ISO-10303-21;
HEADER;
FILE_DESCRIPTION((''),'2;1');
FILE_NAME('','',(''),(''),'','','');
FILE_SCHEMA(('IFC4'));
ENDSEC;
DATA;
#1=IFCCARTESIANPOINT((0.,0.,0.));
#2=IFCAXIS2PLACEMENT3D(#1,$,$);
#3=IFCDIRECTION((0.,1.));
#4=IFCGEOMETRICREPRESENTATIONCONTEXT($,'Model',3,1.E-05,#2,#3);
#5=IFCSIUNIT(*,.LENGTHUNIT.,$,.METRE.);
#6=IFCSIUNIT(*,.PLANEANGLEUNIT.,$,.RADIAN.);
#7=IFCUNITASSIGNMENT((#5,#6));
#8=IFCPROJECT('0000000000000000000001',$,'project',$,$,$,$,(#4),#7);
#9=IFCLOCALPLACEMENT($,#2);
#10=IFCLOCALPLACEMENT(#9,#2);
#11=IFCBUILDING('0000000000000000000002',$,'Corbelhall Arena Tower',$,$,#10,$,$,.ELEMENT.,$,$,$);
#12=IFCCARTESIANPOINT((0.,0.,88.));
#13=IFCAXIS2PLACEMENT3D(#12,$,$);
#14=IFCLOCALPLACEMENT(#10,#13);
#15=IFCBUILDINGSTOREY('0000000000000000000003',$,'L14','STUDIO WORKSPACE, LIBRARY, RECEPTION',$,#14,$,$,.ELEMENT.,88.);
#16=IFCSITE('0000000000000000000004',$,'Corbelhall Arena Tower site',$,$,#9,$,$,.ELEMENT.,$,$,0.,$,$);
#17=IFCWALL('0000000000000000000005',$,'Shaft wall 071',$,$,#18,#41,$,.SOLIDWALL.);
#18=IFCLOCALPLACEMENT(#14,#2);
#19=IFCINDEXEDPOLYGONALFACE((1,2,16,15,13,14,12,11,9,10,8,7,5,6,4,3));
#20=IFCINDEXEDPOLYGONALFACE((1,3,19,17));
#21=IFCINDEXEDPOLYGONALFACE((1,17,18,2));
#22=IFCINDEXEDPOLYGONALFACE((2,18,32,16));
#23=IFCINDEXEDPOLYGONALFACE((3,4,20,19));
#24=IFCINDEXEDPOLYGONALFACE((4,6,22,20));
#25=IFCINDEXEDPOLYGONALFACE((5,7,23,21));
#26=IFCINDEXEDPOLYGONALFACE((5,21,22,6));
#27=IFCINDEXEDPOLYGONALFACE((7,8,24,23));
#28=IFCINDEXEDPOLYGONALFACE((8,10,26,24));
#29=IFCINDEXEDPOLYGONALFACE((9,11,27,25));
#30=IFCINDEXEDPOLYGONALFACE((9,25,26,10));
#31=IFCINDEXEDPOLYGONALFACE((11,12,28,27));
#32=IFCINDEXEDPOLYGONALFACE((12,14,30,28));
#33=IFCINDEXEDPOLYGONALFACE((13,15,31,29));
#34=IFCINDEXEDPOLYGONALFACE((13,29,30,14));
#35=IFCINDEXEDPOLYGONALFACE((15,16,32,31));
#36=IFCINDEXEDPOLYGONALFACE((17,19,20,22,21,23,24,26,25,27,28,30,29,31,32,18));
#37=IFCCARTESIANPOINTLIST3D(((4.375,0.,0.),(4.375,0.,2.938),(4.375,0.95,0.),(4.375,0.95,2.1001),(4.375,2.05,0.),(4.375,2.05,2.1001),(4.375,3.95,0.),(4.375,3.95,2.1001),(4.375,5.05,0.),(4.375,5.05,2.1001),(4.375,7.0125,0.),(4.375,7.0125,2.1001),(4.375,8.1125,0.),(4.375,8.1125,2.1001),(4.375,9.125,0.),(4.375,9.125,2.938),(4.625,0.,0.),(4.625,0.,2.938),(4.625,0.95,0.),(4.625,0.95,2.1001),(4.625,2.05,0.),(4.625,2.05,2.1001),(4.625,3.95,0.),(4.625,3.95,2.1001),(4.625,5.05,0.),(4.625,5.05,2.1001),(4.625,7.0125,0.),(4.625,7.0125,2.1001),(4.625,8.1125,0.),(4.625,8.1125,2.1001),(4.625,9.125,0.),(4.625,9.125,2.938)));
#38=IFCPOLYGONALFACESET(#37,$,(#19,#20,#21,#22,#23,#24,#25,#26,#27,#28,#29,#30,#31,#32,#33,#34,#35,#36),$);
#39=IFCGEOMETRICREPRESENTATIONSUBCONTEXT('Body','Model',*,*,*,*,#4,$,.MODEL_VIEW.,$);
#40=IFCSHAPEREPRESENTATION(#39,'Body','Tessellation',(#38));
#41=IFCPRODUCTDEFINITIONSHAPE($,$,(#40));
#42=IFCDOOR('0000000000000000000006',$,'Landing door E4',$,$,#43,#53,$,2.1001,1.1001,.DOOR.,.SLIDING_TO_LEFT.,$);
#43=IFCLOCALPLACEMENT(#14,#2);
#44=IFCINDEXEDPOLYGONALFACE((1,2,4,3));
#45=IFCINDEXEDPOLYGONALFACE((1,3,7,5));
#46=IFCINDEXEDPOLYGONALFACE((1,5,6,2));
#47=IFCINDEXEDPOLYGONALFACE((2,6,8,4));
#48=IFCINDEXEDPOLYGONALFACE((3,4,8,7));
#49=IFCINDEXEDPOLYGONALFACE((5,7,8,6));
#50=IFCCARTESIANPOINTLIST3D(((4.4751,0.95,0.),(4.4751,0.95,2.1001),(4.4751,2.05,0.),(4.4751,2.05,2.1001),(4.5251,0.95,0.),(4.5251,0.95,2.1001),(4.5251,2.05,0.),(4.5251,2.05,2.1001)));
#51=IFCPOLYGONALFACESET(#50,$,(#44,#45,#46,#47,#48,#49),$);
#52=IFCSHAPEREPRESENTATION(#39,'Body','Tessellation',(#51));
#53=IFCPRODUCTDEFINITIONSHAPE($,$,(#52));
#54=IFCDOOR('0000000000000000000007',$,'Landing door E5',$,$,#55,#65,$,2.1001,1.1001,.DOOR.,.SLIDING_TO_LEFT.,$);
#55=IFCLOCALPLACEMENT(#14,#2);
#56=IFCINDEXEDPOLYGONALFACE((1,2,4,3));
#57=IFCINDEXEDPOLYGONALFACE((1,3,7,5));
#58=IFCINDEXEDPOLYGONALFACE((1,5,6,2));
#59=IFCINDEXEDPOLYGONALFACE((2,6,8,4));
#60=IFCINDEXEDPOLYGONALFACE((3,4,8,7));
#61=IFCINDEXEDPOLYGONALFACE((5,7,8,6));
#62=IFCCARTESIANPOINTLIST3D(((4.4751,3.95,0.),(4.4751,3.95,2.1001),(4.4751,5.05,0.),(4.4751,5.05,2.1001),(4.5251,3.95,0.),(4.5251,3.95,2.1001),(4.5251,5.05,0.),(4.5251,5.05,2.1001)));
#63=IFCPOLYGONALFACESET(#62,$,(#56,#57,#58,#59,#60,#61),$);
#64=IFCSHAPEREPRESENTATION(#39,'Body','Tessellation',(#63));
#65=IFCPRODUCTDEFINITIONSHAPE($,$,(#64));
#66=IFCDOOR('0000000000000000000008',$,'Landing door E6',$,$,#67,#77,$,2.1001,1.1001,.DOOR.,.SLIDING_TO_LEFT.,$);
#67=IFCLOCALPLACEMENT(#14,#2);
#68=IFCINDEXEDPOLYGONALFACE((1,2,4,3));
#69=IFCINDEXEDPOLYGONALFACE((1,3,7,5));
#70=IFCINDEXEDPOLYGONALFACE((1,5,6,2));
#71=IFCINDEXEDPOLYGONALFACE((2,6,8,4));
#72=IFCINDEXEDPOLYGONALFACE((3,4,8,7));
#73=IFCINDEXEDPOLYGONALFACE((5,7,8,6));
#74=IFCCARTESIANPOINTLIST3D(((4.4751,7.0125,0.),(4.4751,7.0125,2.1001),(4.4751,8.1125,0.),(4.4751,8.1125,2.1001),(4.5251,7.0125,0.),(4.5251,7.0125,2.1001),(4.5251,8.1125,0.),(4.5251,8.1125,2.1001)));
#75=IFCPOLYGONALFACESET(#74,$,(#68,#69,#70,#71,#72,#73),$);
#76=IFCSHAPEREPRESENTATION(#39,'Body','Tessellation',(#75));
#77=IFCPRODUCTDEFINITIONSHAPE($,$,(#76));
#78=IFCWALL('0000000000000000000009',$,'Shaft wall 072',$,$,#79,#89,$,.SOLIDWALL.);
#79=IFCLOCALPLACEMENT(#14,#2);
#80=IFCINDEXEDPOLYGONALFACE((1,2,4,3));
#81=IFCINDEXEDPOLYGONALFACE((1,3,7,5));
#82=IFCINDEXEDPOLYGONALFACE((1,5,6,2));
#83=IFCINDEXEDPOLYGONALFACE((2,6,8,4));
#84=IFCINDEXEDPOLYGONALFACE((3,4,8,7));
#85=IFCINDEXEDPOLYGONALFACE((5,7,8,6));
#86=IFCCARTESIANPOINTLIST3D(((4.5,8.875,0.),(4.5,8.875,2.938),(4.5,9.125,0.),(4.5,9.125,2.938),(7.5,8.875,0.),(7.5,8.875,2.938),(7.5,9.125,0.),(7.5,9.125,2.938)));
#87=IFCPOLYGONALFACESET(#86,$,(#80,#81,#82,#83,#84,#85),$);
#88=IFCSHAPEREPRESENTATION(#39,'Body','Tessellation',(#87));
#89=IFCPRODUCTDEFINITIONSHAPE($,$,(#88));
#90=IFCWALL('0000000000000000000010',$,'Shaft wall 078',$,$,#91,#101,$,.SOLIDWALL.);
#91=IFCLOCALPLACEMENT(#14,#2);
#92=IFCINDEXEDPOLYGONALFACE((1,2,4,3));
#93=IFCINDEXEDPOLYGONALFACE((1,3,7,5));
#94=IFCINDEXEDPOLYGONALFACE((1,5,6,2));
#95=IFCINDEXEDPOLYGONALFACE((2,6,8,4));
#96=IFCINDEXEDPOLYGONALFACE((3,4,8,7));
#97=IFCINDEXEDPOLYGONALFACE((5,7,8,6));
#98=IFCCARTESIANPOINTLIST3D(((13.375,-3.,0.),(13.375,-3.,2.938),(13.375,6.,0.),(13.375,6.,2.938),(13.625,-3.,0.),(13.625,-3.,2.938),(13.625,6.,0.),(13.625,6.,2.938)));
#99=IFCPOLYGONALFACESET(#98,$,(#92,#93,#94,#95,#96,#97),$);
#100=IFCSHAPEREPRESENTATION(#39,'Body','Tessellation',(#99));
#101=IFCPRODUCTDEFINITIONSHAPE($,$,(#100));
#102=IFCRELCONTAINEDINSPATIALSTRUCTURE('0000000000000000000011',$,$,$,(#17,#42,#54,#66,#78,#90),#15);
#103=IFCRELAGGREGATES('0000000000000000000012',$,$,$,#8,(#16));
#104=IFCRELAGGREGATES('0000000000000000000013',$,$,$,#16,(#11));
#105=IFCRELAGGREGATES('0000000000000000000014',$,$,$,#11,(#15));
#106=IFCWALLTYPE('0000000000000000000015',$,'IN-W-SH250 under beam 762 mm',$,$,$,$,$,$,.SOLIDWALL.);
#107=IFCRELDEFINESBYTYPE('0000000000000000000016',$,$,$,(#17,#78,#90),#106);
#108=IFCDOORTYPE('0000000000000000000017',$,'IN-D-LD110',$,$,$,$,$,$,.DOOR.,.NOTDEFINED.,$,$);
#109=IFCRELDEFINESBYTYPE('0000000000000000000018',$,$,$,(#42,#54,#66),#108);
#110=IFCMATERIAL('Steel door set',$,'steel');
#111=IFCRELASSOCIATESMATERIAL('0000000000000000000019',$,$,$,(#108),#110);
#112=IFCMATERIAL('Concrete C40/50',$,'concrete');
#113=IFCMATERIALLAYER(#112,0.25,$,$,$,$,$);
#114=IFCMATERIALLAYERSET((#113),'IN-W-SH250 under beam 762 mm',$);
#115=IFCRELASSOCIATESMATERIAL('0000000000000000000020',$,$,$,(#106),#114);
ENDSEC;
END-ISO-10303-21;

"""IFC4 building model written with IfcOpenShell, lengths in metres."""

from ifc_helpers import new_model, si_unit, direction, frame, frame_2d, origin, place, context, subcontext, project, spatial, rectangle, extrude, material, layer, layer_set, type_object, element, fill, save


model = new_model("IFC4")

# Units and contexts
model_context = context("Model", 3, precision=1e-05, world=origin(), true_north=direction((0.0, 1.0)))
body_context = subcontext(model_context, "Body", "Model", "MODEL_VIEW")
ifc_project = project(units=[si_unit("LENGTHUNIT", "METRE"), si_unit("PLANEANGLEUNIT", "RADIAN")], contexts=[model_context])

# Site, building, storey
site_placement = place(None, origin())
site = spatial("IfcSite", under=ifc_project, at=site_placement, Name="Corbelhall Arena Tower site", CompositionType="ELEMENT", RefElevation=0.0)
building_placement = place(site_placement, origin())
building = spatial("IfcBuilding", under=site, at=building_placement, Name="Corbelhall Arena Tower", CompositionType="ELEMENT")
storey_placement = place(building_placement, frame((0.0, 0.0, 88.0)))
storey = spatial("IfcBuildingStorey", under=building, at=storey_placement, Name="L14", Description="STUDIO WORKSPACE, LIBRARY, RECEPTION", CompositionType="ELEMENT", Elevation=88.0)

# Shared definitions
ifc_material_1 = material(Name="Concrete C40/50", Category="concrete")

# Shared definitions
ifc_material_2 = material(Name="Steel door set", Category="steel")

# Shared definitions
door_type_1 = type_object("IfcDoorType", Name="IN-D-LD110", OperationType="NOTDEFINED", PredefinedType="DOOR", material=ifc_material_2)

# Wall, openings, doors
ifc_layer_1 = layer(ifc_material_1, 0.25)
ifc_layer_set_1 = layer_set([ifc_layer_1], Name="IN-W-SH250 under beam 762 mm")
wall_type_1 = type_object("IfcWallType", Name="IN-W-SH250 under beam 762 mm", PredefinedType="SOLIDWALL", material=ifc_layer_set_1)
wall_1_placement = place(storey_placement, frame((4.5, 0.0, 0.0), z_axis=(0.0, 0.0, 1.0), x_axis=(0.0, 1.0, 0.0)))
wall_1 = element("IfcWall", 1, at=wall_1_placement, inside=storey, type_object=wall_type_1, Name="Shaft wall 071", PredefinedType="SOLIDWALL", context=body_context, shape_type="SweptSolid", body=[
    extrude(rectangle(XDim=9.125, YDim=0.25, at=frame_2d((4.5625, 0.0))), origin(), (0.0, 0.0, 1.0), 2.938),
])
opening_1_placement = place(wall_1_placement, frame((0.95, 0.0, 0.0)))
opening_1 = element("IfcOpeningElement", 2, at=opening_1_placement, cuts=wall_1, PredefinedType="OPENING", context=body_context, shape_type="SweptSolid", body=[
    extrude(rectangle(XDim=1.1001, YDim=2.1001, at=frame_2d((0.55, 1.05))), frame((0.0, 0.125, 0.0), z_axis=(0.0, -1.0, 0.0), x_axis=(1.0, 0.0, 0.0)), (0.0, 0.0, 1.0), 0.25),
])
opening_2_placement = place(wall_1_placement, frame((3.95, 0.0, 0.0)))
opening_2 = element("IfcOpeningElement", 3, at=opening_2_placement, cuts=wall_1, PredefinedType="OPENING", context=body_context, shape_type="SweptSolid", body=[
    extrude(rectangle(XDim=1.1001, YDim=2.1001, at=frame_2d((0.55, 1.05))), frame((0.0, 0.125, 0.0), z_axis=(0.0, -1.0, 0.0), x_axis=(1.0, 0.0, 0.0)), (0.0, 0.0, 1.0), 0.25),
])
opening_3_placement = place(wall_1_placement, frame((7.0125, 0.0, 0.0)))
opening_3 = element("IfcOpeningElement", 4, at=opening_3_placement, cuts=wall_1, PredefinedType="OPENING", context=body_context, shape_type="SweptSolid", body=[
    extrude(rectangle(XDim=1.1001, YDim=2.1001, at=frame_2d((0.55, 1.05))), frame((0.0, 0.125, 0.0), z_axis=(0.0, -1.0, 0.0), x_axis=(1.0, 0.0, 0.0)), (0.0, 0.0, 1.0), 0.25),
])
door_1_placement = place(opening_1_placement, origin())
door_1 = element("IfcDoor", 5, at=door_1_placement, inside=storey, type_object=door_type_1, Name="Landing door E4", OperationType="SLIDING_TO_LEFT", OverallHeight=2.1001, OverallWidth=1.1001, PredefinedType="DOOR", context=body_context, shape_type="SweptSolid", body=[
    extrude(rectangle(XDim=1.1001, YDim=2.1001, at=frame_2d((0.55, 1.05))), frame((0.0, 0.0249, 0.0), z_axis=(0.0, -1.0, 0.0), x_axis=(1.0, 0.0, 0.0)), (0.0, 0.0, 1.0), 0.05),
])
fill(opening_1, door_1)
door_2_placement = place(opening_2_placement, origin())
door_2 = element("IfcDoor", 6, at=door_2_placement, inside=storey, type_object=door_type_1, Name="Landing door E5", OperationType="SLIDING_TO_LEFT", OverallHeight=2.1001, OverallWidth=1.1001, PredefinedType="DOOR", context=body_context, shape_type="SweptSolid", body=[
    extrude(rectangle(XDim=1.1001, YDim=2.1001, at=frame_2d((0.55, 1.05))), frame((0.0, 0.0249, 0.0), z_axis=(0.0, -1.0, 0.0), x_axis=(1.0, 0.0, 0.0)), (0.0, 0.0, 1.0), 0.05),
])
fill(opening_2, door_2)
door_3_placement = place(opening_3_placement, origin())
door_3 = element("IfcDoor", 7, at=door_3_placement, inside=storey, type_object=door_type_1, Name="Landing door E6", OperationType="SLIDING_TO_LEFT", OverallHeight=2.1001, OverallWidth=1.1001, PredefinedType="DOOR", context=body_context, shape_type="SweptSolid", body=[
    extrude(rectangle(XDim=1.1001, YDim=2.1001, at=frame_2d((0.55, 1.05))), frame((0.0, 0.0249, 0.0), z_axis=(0.0, -1.0, 0.0), x_axis=(1.0, 0.0, 0.0)), (0.0, 0.0, 1.0), 0.05),
])
fill(opening_3, door_3)

# Walls
wall_2_placement = place(storey_placement, frame((4.5, 9.0, 0.0), z_axis=(0.0, 0.0, 1.0), x_axis=(1.0, 0.0, 0.0)))
element("IfcWall", 8, at=wall_2_placement, inside=storey, type_object=wall_type_1, Name="Shaft wall 072", PredefinedType="SOLIDWALL", context=body_context, shape_type="SweptSolid", body=[
    extrude(rectangle(XDim=3.0, YDim=0.25, at=frame_2d((1.5, 0.0))), origin(), (0.0, 0.0, 1.0), 2.938),
])
wall_3_placement = place(storey_placement, frame((13.5, 6.0, 0.0), z_axis=(0.0, 0.0, 1.0), x_axis=(0.0, -1.0, 0.0)))
element("IfcWall", 9, at=wall_3_placement, inside=storey, type_object=wall_type_1, Name="Shaft wall 078", PredefinedType="SOLIDWALL", context=body_context, shape_type="SweptSolid", body=[
    extrude(rectangle(XDim=9.0, YDim=0.25, at=frame_2d((4.5, 0.0))), origin(), (0.0, 0.0, 1.0), 2.938),
])

save(model, "model.ifc")
